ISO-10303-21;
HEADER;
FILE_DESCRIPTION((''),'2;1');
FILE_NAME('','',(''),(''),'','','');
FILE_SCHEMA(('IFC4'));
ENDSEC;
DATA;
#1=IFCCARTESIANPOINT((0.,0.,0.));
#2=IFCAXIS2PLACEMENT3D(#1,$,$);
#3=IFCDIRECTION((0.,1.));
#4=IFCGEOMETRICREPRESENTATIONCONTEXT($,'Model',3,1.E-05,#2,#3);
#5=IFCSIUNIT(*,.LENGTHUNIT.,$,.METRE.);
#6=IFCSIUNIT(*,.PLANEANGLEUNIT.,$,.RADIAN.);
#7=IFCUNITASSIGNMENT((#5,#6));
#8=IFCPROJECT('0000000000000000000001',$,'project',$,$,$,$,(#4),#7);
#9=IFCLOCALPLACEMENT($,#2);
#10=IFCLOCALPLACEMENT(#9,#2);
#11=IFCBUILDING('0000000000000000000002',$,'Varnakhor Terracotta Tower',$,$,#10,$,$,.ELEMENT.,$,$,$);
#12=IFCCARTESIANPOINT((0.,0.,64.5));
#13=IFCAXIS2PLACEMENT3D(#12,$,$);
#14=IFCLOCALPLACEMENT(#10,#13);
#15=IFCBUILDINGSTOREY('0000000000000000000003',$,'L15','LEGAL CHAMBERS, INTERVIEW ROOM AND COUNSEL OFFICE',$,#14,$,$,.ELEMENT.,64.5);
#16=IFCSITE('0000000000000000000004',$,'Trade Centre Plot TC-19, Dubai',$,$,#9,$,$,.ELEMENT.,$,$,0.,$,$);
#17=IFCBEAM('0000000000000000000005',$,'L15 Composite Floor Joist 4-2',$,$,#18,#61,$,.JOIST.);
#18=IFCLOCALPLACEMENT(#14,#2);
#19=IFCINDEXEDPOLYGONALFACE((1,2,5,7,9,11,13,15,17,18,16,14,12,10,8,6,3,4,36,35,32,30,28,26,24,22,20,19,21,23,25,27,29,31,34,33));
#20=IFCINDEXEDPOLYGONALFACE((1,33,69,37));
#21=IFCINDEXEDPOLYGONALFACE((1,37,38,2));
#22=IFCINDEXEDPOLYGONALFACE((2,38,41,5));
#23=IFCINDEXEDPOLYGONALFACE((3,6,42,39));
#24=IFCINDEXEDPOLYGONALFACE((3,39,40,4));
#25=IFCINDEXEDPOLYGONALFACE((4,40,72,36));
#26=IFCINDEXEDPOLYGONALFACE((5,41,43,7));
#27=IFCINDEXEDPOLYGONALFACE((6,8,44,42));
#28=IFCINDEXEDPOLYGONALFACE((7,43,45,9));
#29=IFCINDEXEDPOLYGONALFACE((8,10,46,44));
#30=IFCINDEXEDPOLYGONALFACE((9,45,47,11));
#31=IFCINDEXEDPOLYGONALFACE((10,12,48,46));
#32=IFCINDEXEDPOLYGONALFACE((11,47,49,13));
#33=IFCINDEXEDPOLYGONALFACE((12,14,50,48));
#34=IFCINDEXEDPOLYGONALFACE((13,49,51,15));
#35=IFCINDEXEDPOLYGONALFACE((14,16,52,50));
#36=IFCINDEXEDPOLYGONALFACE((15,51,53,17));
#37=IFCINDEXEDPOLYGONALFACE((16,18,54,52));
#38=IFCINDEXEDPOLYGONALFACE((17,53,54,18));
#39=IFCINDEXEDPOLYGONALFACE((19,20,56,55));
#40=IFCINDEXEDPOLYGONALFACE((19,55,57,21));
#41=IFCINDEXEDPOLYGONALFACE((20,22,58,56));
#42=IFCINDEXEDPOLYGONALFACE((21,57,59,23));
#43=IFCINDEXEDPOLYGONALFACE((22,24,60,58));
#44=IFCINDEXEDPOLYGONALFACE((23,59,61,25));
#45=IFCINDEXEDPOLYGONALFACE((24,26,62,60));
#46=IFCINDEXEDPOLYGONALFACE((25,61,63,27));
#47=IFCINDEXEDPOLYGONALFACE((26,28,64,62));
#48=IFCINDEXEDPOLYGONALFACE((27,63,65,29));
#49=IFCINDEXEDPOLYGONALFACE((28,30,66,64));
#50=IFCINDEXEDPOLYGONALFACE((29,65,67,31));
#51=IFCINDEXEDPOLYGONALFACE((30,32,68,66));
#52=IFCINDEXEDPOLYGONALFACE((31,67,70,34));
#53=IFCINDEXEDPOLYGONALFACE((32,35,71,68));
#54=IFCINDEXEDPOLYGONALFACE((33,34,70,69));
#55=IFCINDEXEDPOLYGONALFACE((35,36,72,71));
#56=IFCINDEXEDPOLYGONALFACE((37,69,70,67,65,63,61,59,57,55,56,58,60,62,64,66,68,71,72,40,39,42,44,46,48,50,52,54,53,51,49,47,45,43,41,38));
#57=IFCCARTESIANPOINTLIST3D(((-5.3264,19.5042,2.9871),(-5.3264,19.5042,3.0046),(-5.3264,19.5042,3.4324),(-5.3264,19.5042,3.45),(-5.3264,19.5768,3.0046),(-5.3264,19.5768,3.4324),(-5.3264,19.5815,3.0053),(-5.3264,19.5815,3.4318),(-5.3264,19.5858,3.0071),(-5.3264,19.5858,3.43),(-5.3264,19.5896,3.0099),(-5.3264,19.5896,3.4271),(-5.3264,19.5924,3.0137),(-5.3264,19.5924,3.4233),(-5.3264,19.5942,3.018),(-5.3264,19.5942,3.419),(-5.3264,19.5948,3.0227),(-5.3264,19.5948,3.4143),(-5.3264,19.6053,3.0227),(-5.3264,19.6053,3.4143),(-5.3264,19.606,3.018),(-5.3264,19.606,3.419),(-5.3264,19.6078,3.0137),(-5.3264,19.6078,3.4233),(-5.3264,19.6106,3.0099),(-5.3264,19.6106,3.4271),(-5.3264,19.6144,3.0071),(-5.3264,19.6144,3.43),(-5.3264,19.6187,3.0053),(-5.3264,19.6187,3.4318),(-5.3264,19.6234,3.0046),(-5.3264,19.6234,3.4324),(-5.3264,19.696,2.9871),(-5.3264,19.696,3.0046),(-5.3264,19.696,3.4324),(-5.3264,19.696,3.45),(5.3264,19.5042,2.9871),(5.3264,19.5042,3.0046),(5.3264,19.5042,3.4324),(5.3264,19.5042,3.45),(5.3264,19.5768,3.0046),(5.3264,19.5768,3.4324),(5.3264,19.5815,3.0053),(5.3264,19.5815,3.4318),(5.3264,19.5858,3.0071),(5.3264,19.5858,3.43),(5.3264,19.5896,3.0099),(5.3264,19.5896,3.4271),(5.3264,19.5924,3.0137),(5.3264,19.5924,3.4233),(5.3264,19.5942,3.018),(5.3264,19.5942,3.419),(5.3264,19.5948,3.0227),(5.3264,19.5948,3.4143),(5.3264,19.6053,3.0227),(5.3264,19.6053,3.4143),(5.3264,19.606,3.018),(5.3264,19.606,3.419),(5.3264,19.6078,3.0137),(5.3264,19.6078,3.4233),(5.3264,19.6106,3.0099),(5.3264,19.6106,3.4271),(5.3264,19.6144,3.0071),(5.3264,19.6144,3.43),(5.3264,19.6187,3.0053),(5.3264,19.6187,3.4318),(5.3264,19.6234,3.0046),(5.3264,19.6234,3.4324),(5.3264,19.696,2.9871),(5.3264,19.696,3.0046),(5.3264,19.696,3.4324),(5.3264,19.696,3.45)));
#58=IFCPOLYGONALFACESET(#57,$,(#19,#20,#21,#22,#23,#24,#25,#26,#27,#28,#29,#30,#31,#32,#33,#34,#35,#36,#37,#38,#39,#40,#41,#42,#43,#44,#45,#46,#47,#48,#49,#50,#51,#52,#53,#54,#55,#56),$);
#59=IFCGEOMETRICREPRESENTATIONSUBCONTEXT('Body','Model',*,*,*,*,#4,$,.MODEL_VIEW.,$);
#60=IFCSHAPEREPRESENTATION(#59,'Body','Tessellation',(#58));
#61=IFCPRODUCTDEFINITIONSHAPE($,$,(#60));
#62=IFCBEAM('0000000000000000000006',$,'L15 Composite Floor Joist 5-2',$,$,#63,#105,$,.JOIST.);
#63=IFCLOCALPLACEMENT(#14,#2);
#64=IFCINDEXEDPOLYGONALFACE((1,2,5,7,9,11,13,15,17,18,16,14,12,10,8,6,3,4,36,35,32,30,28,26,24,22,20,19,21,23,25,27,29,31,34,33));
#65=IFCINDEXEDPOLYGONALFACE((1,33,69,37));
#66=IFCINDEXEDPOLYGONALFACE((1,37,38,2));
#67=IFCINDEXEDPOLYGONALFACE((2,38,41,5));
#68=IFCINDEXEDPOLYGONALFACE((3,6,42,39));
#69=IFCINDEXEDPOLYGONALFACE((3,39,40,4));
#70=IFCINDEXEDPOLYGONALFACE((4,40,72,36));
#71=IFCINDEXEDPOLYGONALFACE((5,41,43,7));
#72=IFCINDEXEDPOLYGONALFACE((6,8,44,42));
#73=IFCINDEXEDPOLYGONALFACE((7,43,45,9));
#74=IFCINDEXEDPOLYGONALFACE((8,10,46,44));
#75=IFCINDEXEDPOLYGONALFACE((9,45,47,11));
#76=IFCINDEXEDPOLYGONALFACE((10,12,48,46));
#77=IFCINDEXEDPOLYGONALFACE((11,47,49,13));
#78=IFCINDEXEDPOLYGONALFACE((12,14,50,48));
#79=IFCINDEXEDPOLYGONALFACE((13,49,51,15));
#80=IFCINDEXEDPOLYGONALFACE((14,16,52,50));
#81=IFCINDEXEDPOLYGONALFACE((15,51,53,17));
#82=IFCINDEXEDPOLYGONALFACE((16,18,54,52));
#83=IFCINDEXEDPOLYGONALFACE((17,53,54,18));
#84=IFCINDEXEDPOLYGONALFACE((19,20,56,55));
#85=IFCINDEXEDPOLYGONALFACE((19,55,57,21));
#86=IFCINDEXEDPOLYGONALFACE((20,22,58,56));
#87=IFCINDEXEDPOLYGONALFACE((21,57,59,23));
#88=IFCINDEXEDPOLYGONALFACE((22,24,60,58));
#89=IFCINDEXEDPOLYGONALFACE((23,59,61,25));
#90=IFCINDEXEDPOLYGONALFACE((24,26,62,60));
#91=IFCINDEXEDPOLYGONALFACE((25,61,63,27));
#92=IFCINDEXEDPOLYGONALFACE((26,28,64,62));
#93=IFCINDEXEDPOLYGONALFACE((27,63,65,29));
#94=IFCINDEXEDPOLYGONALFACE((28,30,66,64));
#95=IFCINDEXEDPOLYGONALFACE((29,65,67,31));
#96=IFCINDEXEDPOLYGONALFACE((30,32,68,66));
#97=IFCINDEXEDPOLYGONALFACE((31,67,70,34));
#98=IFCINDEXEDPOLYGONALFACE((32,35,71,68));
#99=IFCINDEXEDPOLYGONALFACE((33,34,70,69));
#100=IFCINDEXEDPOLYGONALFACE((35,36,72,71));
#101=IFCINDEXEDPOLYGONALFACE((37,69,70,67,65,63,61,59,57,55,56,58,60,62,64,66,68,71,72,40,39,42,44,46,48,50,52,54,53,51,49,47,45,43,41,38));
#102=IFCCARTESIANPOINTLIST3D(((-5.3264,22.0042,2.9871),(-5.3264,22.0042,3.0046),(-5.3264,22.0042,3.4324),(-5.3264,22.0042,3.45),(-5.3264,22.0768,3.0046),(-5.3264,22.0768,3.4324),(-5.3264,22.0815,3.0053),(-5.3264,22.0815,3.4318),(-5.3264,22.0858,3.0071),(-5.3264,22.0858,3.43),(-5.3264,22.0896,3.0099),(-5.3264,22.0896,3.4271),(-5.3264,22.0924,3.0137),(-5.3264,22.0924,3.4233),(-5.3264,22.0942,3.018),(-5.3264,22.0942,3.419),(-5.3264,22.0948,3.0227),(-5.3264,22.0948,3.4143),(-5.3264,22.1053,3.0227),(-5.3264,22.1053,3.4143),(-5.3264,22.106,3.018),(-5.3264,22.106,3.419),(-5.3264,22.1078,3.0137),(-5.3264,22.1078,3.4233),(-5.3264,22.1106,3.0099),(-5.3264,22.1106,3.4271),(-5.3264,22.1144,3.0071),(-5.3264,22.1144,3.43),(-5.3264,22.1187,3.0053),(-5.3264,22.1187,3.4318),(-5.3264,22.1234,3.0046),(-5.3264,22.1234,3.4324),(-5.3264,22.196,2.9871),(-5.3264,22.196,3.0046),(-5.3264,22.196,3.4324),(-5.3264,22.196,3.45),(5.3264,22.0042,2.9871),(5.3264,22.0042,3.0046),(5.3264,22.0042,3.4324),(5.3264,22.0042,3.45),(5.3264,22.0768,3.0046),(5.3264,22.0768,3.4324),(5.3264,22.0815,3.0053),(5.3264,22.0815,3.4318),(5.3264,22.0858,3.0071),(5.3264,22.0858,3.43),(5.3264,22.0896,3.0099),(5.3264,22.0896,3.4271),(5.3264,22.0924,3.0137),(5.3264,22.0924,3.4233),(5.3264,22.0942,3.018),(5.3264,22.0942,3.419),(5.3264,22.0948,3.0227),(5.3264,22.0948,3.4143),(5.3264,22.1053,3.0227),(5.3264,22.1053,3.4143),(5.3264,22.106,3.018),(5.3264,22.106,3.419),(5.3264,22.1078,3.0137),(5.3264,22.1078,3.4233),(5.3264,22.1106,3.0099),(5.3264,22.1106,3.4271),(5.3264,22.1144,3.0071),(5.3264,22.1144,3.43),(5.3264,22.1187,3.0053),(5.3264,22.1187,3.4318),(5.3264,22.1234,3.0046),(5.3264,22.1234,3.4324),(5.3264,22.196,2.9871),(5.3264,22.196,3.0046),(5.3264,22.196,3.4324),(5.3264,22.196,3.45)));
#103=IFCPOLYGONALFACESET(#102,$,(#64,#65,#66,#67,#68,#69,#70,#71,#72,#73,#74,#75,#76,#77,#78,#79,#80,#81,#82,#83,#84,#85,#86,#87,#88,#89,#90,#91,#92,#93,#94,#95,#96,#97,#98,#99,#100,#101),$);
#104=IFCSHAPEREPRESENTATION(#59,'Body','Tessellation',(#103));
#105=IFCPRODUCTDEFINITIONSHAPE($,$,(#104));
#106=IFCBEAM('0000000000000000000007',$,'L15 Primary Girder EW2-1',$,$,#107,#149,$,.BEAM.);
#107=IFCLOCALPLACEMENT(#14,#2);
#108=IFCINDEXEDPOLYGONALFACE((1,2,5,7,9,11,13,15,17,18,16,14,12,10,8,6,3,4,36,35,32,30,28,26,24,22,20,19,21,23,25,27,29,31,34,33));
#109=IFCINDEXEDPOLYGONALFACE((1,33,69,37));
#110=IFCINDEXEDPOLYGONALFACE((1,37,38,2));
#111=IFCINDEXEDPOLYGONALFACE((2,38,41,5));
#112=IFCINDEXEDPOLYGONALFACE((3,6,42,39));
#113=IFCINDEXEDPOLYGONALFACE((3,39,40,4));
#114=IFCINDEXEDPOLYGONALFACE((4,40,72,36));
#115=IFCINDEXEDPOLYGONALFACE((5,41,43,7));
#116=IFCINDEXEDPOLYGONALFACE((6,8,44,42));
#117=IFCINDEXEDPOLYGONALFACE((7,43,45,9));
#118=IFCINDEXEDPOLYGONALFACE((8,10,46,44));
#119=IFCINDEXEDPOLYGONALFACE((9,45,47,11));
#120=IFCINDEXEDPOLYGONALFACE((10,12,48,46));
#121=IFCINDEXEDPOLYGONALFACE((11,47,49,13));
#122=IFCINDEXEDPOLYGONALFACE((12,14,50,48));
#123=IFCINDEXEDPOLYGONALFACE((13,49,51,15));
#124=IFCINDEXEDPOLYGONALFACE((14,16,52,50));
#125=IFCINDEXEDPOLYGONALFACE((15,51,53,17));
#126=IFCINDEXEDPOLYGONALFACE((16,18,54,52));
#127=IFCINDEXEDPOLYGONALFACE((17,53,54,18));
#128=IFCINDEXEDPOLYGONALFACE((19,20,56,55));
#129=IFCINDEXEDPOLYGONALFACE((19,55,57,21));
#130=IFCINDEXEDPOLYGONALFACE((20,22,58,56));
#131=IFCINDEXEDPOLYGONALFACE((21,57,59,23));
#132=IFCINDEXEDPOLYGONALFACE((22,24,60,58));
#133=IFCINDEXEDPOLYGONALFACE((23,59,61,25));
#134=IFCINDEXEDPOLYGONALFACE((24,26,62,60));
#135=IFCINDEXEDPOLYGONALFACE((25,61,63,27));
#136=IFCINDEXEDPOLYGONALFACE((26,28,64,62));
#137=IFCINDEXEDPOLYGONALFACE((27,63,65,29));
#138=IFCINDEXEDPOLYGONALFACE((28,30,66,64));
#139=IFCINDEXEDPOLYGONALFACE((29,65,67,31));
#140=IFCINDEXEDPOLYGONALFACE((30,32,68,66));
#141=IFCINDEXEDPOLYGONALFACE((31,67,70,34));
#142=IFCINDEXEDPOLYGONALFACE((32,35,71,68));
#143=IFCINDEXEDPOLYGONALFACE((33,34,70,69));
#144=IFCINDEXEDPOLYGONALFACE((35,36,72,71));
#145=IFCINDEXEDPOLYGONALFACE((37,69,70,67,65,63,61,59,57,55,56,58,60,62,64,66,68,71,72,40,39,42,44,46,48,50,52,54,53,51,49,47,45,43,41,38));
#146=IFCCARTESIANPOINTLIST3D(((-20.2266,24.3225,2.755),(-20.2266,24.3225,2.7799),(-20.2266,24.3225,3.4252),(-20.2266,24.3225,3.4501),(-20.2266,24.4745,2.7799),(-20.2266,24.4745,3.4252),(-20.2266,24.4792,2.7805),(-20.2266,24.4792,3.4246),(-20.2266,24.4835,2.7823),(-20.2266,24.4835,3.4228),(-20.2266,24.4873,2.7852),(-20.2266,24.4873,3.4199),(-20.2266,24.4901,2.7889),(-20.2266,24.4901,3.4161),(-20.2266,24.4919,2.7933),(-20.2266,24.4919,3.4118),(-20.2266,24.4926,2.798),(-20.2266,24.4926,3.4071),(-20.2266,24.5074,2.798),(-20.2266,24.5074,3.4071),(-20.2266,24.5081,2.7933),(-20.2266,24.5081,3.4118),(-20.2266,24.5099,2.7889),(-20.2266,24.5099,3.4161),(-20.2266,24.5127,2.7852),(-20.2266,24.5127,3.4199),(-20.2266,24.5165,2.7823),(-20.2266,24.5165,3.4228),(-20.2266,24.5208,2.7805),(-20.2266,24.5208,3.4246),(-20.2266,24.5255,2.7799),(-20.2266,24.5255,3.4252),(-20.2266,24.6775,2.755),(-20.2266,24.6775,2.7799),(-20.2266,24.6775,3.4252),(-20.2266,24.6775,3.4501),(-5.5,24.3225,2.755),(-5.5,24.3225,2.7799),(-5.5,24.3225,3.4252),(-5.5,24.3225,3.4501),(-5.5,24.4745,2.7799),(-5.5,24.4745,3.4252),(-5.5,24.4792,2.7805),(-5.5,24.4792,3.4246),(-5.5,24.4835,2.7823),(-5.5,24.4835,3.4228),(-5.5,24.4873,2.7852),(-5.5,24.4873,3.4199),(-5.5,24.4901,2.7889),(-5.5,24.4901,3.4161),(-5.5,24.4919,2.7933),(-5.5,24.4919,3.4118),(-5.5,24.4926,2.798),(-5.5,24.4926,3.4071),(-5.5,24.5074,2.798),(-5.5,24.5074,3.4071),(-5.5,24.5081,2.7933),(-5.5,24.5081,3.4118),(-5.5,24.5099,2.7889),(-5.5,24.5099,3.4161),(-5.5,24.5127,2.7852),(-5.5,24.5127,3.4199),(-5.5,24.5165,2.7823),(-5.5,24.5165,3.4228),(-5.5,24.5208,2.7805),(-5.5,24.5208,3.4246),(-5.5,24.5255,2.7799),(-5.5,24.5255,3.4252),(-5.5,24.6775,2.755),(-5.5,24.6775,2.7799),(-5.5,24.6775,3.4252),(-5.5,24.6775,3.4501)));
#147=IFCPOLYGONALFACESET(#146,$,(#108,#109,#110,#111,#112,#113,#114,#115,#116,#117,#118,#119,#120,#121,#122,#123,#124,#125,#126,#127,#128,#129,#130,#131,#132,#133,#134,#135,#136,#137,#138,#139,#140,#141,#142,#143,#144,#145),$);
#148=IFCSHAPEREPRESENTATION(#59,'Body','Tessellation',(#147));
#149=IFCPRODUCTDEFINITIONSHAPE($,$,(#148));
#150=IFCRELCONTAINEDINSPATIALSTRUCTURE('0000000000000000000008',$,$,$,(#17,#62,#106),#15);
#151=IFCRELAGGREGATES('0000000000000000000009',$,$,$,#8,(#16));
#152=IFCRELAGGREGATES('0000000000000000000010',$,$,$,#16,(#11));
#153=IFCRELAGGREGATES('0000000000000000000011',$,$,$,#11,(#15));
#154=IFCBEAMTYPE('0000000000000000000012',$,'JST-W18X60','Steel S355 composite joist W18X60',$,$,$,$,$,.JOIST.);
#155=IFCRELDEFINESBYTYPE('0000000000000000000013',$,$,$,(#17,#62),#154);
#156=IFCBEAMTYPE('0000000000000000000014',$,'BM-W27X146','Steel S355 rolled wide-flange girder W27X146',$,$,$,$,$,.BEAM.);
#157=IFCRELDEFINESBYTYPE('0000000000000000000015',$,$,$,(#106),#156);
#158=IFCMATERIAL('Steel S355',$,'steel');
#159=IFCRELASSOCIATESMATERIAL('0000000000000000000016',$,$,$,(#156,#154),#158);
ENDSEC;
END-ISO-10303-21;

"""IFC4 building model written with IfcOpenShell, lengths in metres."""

from ifc_helpers import new_model, si_unit, direction, frame, origin, origin_2d, place, context, subcontext, project, spatial, i_section, extrude, source, transform, mapped, material, material_profile, profile_set, type_object, element, save


model = new_model("IFC4")

# Units and contexts
model_context = context("Model", 3, precision=1e-05, world=origin(), true_north=direction((0.0, 1.0)))
body_context = subcontext(model_context, "Body", "Model", "MODEL_VIEW")
ifc_project = project(units=[si_unit("LENGTHUNIT", "METRE"), si_unit("PLANEANGLEUNIT", "RADIAN")], contexts=[model_context])

# Site, building, storey
site_placement = place(None, origin())
site = spatial("IfcSite", under=ifc_project, at=site_placement, Name="Trade Centre Plot TC-19, Dubai", CompositionType="ELEMENT", RefElevation=0.0)
building_placement = place(site_placement, origin())
building = spatial("IfcBuilding", under=site, at=building_placement, Name="Varnakhor Terracotta Tower", CompositionType="ELEMENT")
storey_placement = place(building_placement, frame((0.0, 0.0, 64.5)))
storey = spatial("IfcBuildingStorey", under=building, at=storey_placement, Name="L15", Description="LEGAL CHAMBERS, INTERVIEW ROOM AND COUNSEL OFFICE", CompositionType="ELEMENT", Elevation=64.5)

# Beams
ifc_material_1 = material(Name="Steel S355", Category="steel")
ifc_material_profile_1 = material_profile(ifc_material_1, i_section(OverallWidth=0.355, OverallDepth=0.6951, WebThickness=0.0149, FlangeThickness=0.0249, FilletRadius=0.0181, at=origin_2d()), Name="W27X146")
ifc_profile_set_1 = profile_set([ifc_material_profile_1], Name="Steel S355")
beam_type_1 = type_object("IfcBeamType", Name="BM-W27X146", Description="Steel S355 rolled wide-flange girder W27X146", PredefinedType="BEAM", material=ifc_profile_set_1)
ifc_material_profile_2 = material_profile(ifc_material_1, i_section(OverallWidth=0.1919, OverallDepth=0.4629, WebThickness=0.0105, FlangeThickness=0.0176, FilletRadius=0.0181, at=origin_2d()), Name="W18X60")
ifc_profile_set_2 = profile_set([ifc_material_profile_2], Name="Steel S355")
beam_type_2 = type_object("IfcBeamType", Name="JST-W18X60", Description="Steel S355 composite joist W18X60", PredefinedType="JOIST", material=ifc_profile_set_2)
shared_shape_1 = source(origin(), body_context, "Body", "SweptSolid", [
    extrude(i_section(OverallWidth=0.1919, OverallDepth=0.4629, WebThickness=0.0105, FlangeThickness=0.0176, FilletRadius=0.0181, at=origin_2d()), origin(), (0.0, 0.0, 1.0), 10.6528),
])
for number, where, z_axis, x_axis, name in (
    (1, (-5.3264, 19.6001, 3.2185), (1.0, 0.0, 0.0), (0.0, 1.0, 0.0), "L15 Composite Floor Joist 4-2"),
    (2, (-5.3264, 22.1001, 3.2185), (1.0, 0.0, 0.0), (0.0, 1.0, 0.0), "L15 Composite Floor Joist 5-2"),
):
    element("IfcBeam", number, at=place(storey_placement, frame(where, z_axis=z_axis, x_axis=x_axis)), inside=storey, type_object=beam_type_2, Name=name, PredefinedType="JOIST", context=body_context, shape_type="MappedRepresentation", body=[
        mapped(shared_shape_1, transform((0.0, 0.0, 0.0), scale=1.0)),
    ])
shared_shape_2 = source(origin(), body_context, "Body", "SweptSolid", [
    extrude(i_section(OverallWidth=0.355, OverallDepth=0.6951, WebThickness=0.0149, FlangeThickness=0.0249, FilletRadius=0.0181, at=origin_2d()), origin(), (0.0, 0.0, 1.0), 14.7266),
])
beam_1_placement = place(storey_placement, frame((-20.2266, 24.5, 3.1025), z_axis=(1.0, 0.0, 0.0), x_axis=(0.0, 1.0, 0.0)))
element("IfcBeam", 3, at=beam_1_placement, inside=storey, type_object=beam_type_1, Name="L15 Primary Girder EW2-1", PredefinedType="BEAM", context=body_context, shape_type="MappedRepresentation", body=[
    mapped(shared_shape_2, transform((0.0, 0.0, 0.0), scale=1.0)),
])

save(model, "model.ifc")
